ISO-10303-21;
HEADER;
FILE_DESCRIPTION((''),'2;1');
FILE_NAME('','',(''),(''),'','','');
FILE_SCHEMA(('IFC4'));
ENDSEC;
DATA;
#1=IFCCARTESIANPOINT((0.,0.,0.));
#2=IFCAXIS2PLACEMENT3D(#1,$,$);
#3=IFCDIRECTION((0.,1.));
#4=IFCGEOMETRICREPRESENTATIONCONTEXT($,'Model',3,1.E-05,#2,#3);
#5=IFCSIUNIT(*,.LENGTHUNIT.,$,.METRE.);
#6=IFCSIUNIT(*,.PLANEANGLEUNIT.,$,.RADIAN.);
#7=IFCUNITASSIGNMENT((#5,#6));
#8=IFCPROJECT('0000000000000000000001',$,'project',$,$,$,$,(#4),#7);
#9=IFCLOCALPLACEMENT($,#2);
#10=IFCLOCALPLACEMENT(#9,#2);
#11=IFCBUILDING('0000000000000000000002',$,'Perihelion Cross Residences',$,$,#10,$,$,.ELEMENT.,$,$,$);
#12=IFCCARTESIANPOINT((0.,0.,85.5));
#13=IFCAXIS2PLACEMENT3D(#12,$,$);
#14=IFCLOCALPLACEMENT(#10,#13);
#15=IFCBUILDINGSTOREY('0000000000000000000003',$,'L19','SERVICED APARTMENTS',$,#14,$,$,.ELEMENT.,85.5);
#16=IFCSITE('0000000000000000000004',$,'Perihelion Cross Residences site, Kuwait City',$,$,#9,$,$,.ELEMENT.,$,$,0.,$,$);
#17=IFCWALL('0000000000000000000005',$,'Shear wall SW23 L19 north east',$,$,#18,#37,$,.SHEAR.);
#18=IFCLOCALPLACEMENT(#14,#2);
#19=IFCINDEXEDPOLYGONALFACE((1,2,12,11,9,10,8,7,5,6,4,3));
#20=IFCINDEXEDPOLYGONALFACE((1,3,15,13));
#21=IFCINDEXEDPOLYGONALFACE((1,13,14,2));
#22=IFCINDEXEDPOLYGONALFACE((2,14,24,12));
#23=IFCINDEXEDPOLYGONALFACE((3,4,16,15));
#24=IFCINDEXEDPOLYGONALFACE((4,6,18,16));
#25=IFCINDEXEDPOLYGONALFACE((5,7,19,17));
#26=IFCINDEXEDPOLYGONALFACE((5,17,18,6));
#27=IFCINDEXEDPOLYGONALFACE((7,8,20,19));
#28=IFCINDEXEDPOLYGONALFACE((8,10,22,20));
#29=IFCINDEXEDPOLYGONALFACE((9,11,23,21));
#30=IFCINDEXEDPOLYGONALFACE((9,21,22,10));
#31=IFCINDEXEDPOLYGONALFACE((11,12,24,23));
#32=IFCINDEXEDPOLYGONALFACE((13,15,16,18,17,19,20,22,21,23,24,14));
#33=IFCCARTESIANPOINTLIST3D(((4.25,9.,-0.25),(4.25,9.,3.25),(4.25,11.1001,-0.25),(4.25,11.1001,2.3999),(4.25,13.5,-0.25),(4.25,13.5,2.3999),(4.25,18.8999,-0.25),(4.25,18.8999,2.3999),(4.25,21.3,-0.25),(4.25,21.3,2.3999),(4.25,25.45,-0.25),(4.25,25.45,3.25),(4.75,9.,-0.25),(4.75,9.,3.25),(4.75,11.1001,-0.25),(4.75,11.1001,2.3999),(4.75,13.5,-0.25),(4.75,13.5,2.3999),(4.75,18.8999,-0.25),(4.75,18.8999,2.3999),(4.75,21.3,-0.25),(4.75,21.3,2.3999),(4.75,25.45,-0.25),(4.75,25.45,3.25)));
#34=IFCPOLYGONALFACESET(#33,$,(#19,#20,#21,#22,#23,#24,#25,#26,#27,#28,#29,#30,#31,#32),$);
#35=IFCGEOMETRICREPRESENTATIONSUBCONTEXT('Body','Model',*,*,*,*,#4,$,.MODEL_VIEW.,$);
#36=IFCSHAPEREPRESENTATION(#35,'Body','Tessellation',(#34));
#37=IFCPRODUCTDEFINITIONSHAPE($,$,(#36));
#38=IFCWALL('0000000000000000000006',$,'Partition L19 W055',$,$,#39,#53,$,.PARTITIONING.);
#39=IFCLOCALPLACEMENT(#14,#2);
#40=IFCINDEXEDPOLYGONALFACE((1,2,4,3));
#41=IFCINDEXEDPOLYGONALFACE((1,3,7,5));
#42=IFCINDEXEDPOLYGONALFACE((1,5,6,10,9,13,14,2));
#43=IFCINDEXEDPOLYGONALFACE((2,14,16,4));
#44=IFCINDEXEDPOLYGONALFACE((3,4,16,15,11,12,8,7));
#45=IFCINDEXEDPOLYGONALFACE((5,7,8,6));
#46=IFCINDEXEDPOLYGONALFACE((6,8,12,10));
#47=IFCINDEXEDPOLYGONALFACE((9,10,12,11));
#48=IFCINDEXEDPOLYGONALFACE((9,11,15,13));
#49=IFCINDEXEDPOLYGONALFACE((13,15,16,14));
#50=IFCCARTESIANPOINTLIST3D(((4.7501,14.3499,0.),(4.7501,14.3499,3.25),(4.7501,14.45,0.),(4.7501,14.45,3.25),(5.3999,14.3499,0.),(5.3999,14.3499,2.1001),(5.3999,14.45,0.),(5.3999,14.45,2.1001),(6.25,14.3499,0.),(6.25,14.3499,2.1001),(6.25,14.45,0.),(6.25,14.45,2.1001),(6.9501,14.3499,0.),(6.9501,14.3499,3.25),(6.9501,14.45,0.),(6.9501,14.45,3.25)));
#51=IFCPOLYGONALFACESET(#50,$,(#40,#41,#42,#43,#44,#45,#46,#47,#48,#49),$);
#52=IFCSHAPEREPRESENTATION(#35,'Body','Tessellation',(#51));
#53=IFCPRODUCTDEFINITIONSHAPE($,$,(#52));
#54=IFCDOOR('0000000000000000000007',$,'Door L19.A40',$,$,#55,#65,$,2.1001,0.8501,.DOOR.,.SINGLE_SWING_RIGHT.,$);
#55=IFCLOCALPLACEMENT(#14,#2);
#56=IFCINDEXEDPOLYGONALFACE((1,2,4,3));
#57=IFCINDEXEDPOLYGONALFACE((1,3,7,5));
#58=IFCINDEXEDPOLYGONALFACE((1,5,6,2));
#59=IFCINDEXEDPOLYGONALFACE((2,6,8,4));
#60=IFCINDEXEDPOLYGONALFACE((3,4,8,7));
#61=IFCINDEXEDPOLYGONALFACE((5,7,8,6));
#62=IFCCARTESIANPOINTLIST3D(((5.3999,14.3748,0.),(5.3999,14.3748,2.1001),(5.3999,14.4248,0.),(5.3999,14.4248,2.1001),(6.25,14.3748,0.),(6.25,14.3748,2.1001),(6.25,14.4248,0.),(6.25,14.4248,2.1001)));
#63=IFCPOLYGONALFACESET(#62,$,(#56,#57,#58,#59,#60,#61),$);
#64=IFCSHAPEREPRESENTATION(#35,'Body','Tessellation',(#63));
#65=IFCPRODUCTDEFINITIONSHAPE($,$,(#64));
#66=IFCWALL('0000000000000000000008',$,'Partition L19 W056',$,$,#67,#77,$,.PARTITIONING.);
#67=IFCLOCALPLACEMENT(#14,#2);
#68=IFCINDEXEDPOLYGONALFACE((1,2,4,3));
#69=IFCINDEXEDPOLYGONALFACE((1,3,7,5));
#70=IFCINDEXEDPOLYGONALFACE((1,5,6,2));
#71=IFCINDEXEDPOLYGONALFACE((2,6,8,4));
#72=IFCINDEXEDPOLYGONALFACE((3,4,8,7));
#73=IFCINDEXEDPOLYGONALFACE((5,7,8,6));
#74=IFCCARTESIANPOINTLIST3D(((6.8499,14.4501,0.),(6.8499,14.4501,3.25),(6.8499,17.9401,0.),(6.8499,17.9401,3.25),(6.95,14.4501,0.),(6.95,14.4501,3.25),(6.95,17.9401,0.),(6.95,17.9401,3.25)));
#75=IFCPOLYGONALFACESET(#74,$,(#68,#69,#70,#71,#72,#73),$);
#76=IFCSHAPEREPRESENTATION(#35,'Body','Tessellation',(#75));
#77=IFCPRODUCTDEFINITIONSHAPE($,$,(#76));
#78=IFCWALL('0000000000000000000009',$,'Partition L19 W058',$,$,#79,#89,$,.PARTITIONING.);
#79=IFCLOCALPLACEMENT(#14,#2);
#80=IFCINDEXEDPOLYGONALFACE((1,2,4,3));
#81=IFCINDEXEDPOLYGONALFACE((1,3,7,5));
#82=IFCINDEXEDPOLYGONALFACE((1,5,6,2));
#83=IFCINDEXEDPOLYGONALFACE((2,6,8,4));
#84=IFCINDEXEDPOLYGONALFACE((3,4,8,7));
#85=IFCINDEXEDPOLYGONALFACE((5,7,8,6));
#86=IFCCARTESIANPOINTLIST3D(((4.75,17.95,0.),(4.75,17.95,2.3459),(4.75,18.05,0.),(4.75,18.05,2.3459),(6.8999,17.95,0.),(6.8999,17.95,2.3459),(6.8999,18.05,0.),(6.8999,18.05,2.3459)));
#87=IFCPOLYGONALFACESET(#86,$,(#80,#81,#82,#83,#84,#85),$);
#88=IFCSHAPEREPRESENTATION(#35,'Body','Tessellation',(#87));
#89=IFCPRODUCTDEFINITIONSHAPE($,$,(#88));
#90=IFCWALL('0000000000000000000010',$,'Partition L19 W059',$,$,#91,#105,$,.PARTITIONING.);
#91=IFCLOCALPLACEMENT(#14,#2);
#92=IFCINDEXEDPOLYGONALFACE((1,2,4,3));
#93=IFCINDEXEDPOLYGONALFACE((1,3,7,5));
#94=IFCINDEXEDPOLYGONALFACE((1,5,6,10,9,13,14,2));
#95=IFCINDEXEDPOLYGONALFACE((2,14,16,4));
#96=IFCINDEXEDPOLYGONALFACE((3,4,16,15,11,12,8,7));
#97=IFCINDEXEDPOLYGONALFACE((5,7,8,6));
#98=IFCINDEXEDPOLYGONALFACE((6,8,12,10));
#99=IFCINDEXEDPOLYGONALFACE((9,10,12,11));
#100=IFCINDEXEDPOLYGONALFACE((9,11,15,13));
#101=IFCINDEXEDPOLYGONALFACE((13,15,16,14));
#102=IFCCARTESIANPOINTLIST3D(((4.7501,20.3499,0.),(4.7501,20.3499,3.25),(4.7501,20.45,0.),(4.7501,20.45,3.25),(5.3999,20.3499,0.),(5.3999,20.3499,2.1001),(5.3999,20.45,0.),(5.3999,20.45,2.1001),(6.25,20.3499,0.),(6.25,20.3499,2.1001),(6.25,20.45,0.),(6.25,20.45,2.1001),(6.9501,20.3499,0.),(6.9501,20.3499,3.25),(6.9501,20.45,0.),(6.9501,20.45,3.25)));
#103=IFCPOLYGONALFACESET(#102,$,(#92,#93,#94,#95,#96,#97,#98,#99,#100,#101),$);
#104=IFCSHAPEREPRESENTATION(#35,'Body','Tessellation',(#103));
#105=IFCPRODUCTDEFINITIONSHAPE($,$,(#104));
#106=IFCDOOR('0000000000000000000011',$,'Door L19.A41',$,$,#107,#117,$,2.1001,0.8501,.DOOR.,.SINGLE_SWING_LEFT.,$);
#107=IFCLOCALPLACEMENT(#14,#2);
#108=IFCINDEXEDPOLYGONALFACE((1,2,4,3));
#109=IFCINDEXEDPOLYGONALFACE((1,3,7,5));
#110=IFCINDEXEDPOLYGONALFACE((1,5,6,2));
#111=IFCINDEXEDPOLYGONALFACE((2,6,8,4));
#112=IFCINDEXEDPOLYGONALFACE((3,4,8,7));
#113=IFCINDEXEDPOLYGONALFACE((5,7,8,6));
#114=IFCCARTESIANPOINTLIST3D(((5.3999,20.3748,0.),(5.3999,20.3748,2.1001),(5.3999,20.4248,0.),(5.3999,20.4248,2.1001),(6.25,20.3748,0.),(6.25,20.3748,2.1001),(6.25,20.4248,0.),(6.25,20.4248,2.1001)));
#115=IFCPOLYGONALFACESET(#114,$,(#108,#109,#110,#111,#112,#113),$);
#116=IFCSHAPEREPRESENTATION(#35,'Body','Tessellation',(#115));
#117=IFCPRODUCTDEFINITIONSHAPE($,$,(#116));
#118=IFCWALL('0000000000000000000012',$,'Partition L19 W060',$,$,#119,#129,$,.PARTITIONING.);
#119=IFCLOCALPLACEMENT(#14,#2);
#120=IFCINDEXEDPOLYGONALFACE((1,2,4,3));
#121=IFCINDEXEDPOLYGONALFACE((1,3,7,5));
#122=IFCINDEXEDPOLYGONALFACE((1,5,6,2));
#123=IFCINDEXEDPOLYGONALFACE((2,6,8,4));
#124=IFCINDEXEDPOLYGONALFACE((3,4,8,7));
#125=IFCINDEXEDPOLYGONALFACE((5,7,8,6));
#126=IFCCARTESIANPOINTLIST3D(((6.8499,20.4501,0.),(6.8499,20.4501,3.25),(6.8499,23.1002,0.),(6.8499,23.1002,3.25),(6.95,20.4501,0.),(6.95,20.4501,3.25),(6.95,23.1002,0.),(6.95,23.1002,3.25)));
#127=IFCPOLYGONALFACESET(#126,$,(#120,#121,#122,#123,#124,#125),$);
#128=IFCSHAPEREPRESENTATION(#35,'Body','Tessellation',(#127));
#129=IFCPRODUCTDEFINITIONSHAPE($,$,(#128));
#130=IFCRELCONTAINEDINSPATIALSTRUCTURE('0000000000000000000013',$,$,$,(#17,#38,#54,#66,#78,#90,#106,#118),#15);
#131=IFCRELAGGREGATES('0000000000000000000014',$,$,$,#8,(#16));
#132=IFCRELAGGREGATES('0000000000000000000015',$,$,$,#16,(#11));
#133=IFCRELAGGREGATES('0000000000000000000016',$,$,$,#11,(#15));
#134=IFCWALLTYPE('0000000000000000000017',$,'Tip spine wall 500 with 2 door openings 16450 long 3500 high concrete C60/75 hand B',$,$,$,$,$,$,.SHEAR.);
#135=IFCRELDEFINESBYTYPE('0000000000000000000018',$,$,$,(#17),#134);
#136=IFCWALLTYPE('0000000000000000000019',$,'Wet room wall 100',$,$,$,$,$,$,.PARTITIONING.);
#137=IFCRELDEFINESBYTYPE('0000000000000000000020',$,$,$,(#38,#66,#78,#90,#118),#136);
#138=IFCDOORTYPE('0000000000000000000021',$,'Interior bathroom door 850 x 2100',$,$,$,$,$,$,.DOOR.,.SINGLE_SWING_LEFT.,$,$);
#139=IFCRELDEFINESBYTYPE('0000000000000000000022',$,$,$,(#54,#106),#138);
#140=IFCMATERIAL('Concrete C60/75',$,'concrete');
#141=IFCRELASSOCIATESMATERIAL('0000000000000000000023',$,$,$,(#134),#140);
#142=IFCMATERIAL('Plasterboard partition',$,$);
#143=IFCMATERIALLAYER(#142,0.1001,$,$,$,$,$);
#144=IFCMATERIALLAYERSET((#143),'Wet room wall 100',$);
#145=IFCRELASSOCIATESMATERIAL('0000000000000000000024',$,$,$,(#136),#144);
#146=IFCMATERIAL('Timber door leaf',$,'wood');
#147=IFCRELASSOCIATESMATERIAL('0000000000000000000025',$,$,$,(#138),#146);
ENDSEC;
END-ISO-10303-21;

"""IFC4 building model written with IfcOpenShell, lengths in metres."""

from ifc_helpers import new_model, si_unit, direction, frame, frame_2d, origin, place, context, subcontext, project, spatial, polyline, rectangle, outline, extrude, material, layer, layer_set, material_profile, profile_set, type_object, element, fill, save


model = new_model("IFC4")

# Units and contexts
model_context = context("Model", 3, precision=1e-05, world=origin(), true_north=direction((0.0, 1.0)))
body_context = subcontext(model_context, "Body", "Model", "MODEL_VIEW")
ifc_project = project(units=[si_unit("LENGTHUNIT", "METRE"), si_unit("PLANEANGLEUNIT", "RADIAN")], contexts=[model_context])

# Site, building, storey
site_placement = place(None, origin())
site = spatial("IfcSite", under=ifc_project, at=site_placement, Name="Perihelion Cross Residences site, Kuwait City", CompositionType="ELEMENT", RefElevation=0.0)
building_placement = place(site_placement, origin())
building = spatial("IfcBuilding", under=site, at=building_placement, Name="Perihelion Cross Residences", CompositionType="ELEMENT")
storey_placement = place(building_placement, frame((0.0, 0.0, 85.5)))
storey = spatial("IfcBuildingStorey", under=building, at=storey_placement, Name="L19", Description="SERVICED APARTMENTS", CompositionType="ELEMENT", Elevation=85.5)

# Wall
ifc_material_1 = material(Name="Concrete C60/75", Category="concrete")
ifc_material_profile_1 = material_profile(ifc_material_1, outline(polyline([(0.0, 0.0), (2.1001, 0.0), (2.1001, 2.6499), (4.5, 2.6499), (4.5, 0.0), (9.8999, 0.0), (9.8999, 2.6499), (12.3, 2.6499), (12.3, 0.0), (16.45, 0.0), (16.45, 3.5), (0.0, 3.5), (0.0, 0.0)])), Name="Tip spine wall")
ifc_profile_set_1 = profile_set([ifc_material_profile_1], Name="Concrete C60/75")
wall_type_1 = type_object("IfcWallType", Name="Tip spine wall 500 with 2 door openings 16450 long 3500 high concrete C60/75 hand B", PredefinedType="SHEAR", material=ifc_profile_set_1)
wall_1_placement = place(storey_placement, frame((4.25, 9.0, -0.25), z_axis=(1.0, 0.0, 0.0), x_axis=(0.0, 1.0, 0.0)))
element("IfcWall", 1, at=wall_1_placement, inside=storey, type_object=wall_type_1, Name="Shear wall SW23 L19 north east", PredefinedType="SHEAR", context=body_context, shape_type="SweptSolid", body=[
    extrude(outline(polyline([(0.0, 0.0), (2.1001, 0.0), (2.1001, 2.6499), (4.5, 2.6499), (4.5, 0.0), (9.8999, 0.0), (9.8999, 2.6499), (12.3, 2.6499), (12.3, 0.0), (16.45, 0.0), (16.45, 3.5), (0.0, 3.5), (0.0, 0.0)])), origin(), (0.0, 0.0, 1.0), 0.5),
])

# Wall, opening, door
ifc_material_2 = material(Name="Plasterboard partition")
ifc_layer_1 = layer(ifc_material_2, 0.1001)
ifc_layer_set_1 = layer_set([ifc_layer_1], Name="Wet room wall 100")
wall_type_2 = type_object("IfcWallType", Name="Wet room wall 100", PredefinedType="PARTITIONING", material=ifc_layer_set_1)
wall_2_placement = place(storey_placement, frame((4.75, 14.3999, 0.0), z_axis=(0.0, 0.0, 1.0), x_axis=(1.0, 0.0, 0.0)))
wall_2 = element("IfcWall", 2, at=wall_2_placement, inside=storey, type_object=wall_type_2, Name="Partition L19 W055", PredefinedType="PARTITIONING", context=body_context, shape_type="SweptSolid", body=[
    extrude(rectangle(XDim=2.2, YDim=0.1001, at=frame_2d((1.1001, 0.0))), origin(), (0.0, 0.0, 1.0), 3.25),
])
opening_1_placement = place(wall_2_placement, frame((0.6499, 0.0, 0.0)))
opening_1 = element("IfcOpeningElement", 3, at=opening_1_placement, cuts=wall_2, PredefinedType="OPENING", context=body_context, shape_type="SweptSolid", body=[
    extrude(rectangle(XDim=0.8501, YDim=2.1001, at=frame_2d((0.425, 1.05))), frame((0.0, 0.0601, 0.0), z_axis=(0.0, -1.0, 0.0), x_axis=(1.0, 0.0, 0.0)), (0.0, 0.0, 1.0), 0.1201),
])
ifc_material_3 = material(Name="Timber door leaf", Category="wood")
door_type_1 = type_object("IfcDoorType", Name="Interior bathroom door 850 x 2100", OperationType="SINGLE_SWING_LEFT", PredefinedType="DOOR", material=ifc_material_3)
door_1_placement = place(opening_1_placement, origin())
door_1 = element("IfcDoor", 4, at=door_1_placement, inside=storey, type_object=door_type_1, Name="Door L19.A40", OperationType="SINGLE_SWING_RIGHT", OverallHeight=2.1001, OverallWidth=0.8501, PredefinedType="DOOR", context=body_context, shape_type="SweptSolid", body=[
    extrude(rectangle(XDim=0.8501, YDim=2.1001, at=frame_2d((0.425, 1.05))), frame((0.0, 0.0249, 0.0), z_axis=(0.0, -1.0, 0.0), x_axis=(1.0, 0.0, 0.0)), (0.0, 0.0, 1.0), 0.05),
])
fill(opening_1, door_1)

# Walls
wall_3_placement = place(storey_placement, frame((6.8999, 14.45, 0.0), z_axis=(0.0, 0.0, 1.0), x_axis=(0.0, 1.0, 0.0)))
element("IfcWall", 5, at=wall_3_placement, inside=storey, type_object=wall_type_2, Name="Partition L19 W056", PredefinedType="PARTITIONING", context=body_context, shape_type="SweptSolid", body=[
    extrude(rectangle(XDim=3.49, YDim=0.1001, at=frame_2d((1.7451, 0.0))), origin(), (0.0, 0.0, 1.0), 3.25),
])
wall_4_placement = place(storey_placement, frame((4.75, 18.0, 0.0), z_axis=(0.0, 0.0, 1.0), x_axis=(1.0, 0.0, 0.0)))
element("IfcWall", 6, at=wall_4_placement, inside=storey, type_object=wall_type_2, Name="Partition L19 W058", PredefinedType="PARTITIONING", context=body_context, shape_type="SweptSolid", body=[
    extrude(rectangle(XDim=2.1499, YDim=0.1001, at=frame_2d((1.075, 0.0))), origin(), (0.0, 0.0, 1.0), 2.3459),
])

# Wall, opening, door
wall_5_placement = place(storey_placement, frame((4.75, 20.3999, 0.0), z_axis=(0.0, 0.0, 1.0), x_axis=(1.0, 0.0, 0.0)))
wall_5 = element("IfcWall", 7, at=wall_5_placement, inside=storey, type_object=wall_type_2, Name="Partition L19 W059", PredefinedType="PARTITIONING", context=body_context, shape_type="SweptSolid", body=[
    extrude(rectangle(XDim=2.2, YDim=0.1001, at=frame_2d((1.1001, 0.0))), origin(), (0.0, 0.0, 1.0), 3.25),
])
opening_2_placement = place(wall_5_placement, frame((0.6499, 0.0, 0.0)))
opening_2 = element("IfcOpeningElement", 8, at=opening_2_placement, cuts=wall_5, PredefinedType="OPENING", context=body_context, shape_type="SweptSolid", body=[
    extrude(rectangle(XDim=0.8501, YDim=2.1001, at=frame_2d((0.425, 1.05))), frame((0.0, 0.0601, 0.0), z_axis=(0.0, -1.0, 0.0), x_axis=(1.0, 0.0, 0.0)), (0.0, 0.0, 1.0), 0.1201),
])
door_2_placement = place(opening_2_placement, origin())
door_2 = element("IfcDoor", 9, at=door_2_placement, inside=storey, type_object=door_type_1, Name="Door L19.A41", OperationType="SINGLE_SWING_LEFT", OverallHeight=2.1001, OverallWidth=0.8501, PredefinedType="DOOR", context=body_context, shape_type="SweptSolid", body=[
    extrude(rectangle(XDim=0.8501, YDim=2.1001, at=frame_2d((0.425, 1.05))), frame((0.0, 0.0249, 0.0), z_axis=(0.0, -1.0, 0.0), x_axis=(1.0, 0.0, 0.0)), (0.0, 0.0, 1.0), 0.05),
])
fill(opening_2, door_2)

# Wall
wall_6_placement = place(storey_placement, frame((6.8999, 20.45, 0.0), z_axis=(0.0, 0.0, 1.0), x_axis=(0.0, 1.0, 0.0)))
element("IfcWall", 10, at=wall_6_placement, inside=storey, type_object=wall_type_2, Name="Partition L19 W060", PredefinedType="PARTITIONING", context=body_context, shape_type="SweptSolid", body=[
    extrude(rectangle(XDim=2.6501, YDim=0.1001, at=frame_2d((1.3252, 0.0))), origin(), (0.0, 0.0, 1.0), 3.25),
])

save(model, "model.ifc")
